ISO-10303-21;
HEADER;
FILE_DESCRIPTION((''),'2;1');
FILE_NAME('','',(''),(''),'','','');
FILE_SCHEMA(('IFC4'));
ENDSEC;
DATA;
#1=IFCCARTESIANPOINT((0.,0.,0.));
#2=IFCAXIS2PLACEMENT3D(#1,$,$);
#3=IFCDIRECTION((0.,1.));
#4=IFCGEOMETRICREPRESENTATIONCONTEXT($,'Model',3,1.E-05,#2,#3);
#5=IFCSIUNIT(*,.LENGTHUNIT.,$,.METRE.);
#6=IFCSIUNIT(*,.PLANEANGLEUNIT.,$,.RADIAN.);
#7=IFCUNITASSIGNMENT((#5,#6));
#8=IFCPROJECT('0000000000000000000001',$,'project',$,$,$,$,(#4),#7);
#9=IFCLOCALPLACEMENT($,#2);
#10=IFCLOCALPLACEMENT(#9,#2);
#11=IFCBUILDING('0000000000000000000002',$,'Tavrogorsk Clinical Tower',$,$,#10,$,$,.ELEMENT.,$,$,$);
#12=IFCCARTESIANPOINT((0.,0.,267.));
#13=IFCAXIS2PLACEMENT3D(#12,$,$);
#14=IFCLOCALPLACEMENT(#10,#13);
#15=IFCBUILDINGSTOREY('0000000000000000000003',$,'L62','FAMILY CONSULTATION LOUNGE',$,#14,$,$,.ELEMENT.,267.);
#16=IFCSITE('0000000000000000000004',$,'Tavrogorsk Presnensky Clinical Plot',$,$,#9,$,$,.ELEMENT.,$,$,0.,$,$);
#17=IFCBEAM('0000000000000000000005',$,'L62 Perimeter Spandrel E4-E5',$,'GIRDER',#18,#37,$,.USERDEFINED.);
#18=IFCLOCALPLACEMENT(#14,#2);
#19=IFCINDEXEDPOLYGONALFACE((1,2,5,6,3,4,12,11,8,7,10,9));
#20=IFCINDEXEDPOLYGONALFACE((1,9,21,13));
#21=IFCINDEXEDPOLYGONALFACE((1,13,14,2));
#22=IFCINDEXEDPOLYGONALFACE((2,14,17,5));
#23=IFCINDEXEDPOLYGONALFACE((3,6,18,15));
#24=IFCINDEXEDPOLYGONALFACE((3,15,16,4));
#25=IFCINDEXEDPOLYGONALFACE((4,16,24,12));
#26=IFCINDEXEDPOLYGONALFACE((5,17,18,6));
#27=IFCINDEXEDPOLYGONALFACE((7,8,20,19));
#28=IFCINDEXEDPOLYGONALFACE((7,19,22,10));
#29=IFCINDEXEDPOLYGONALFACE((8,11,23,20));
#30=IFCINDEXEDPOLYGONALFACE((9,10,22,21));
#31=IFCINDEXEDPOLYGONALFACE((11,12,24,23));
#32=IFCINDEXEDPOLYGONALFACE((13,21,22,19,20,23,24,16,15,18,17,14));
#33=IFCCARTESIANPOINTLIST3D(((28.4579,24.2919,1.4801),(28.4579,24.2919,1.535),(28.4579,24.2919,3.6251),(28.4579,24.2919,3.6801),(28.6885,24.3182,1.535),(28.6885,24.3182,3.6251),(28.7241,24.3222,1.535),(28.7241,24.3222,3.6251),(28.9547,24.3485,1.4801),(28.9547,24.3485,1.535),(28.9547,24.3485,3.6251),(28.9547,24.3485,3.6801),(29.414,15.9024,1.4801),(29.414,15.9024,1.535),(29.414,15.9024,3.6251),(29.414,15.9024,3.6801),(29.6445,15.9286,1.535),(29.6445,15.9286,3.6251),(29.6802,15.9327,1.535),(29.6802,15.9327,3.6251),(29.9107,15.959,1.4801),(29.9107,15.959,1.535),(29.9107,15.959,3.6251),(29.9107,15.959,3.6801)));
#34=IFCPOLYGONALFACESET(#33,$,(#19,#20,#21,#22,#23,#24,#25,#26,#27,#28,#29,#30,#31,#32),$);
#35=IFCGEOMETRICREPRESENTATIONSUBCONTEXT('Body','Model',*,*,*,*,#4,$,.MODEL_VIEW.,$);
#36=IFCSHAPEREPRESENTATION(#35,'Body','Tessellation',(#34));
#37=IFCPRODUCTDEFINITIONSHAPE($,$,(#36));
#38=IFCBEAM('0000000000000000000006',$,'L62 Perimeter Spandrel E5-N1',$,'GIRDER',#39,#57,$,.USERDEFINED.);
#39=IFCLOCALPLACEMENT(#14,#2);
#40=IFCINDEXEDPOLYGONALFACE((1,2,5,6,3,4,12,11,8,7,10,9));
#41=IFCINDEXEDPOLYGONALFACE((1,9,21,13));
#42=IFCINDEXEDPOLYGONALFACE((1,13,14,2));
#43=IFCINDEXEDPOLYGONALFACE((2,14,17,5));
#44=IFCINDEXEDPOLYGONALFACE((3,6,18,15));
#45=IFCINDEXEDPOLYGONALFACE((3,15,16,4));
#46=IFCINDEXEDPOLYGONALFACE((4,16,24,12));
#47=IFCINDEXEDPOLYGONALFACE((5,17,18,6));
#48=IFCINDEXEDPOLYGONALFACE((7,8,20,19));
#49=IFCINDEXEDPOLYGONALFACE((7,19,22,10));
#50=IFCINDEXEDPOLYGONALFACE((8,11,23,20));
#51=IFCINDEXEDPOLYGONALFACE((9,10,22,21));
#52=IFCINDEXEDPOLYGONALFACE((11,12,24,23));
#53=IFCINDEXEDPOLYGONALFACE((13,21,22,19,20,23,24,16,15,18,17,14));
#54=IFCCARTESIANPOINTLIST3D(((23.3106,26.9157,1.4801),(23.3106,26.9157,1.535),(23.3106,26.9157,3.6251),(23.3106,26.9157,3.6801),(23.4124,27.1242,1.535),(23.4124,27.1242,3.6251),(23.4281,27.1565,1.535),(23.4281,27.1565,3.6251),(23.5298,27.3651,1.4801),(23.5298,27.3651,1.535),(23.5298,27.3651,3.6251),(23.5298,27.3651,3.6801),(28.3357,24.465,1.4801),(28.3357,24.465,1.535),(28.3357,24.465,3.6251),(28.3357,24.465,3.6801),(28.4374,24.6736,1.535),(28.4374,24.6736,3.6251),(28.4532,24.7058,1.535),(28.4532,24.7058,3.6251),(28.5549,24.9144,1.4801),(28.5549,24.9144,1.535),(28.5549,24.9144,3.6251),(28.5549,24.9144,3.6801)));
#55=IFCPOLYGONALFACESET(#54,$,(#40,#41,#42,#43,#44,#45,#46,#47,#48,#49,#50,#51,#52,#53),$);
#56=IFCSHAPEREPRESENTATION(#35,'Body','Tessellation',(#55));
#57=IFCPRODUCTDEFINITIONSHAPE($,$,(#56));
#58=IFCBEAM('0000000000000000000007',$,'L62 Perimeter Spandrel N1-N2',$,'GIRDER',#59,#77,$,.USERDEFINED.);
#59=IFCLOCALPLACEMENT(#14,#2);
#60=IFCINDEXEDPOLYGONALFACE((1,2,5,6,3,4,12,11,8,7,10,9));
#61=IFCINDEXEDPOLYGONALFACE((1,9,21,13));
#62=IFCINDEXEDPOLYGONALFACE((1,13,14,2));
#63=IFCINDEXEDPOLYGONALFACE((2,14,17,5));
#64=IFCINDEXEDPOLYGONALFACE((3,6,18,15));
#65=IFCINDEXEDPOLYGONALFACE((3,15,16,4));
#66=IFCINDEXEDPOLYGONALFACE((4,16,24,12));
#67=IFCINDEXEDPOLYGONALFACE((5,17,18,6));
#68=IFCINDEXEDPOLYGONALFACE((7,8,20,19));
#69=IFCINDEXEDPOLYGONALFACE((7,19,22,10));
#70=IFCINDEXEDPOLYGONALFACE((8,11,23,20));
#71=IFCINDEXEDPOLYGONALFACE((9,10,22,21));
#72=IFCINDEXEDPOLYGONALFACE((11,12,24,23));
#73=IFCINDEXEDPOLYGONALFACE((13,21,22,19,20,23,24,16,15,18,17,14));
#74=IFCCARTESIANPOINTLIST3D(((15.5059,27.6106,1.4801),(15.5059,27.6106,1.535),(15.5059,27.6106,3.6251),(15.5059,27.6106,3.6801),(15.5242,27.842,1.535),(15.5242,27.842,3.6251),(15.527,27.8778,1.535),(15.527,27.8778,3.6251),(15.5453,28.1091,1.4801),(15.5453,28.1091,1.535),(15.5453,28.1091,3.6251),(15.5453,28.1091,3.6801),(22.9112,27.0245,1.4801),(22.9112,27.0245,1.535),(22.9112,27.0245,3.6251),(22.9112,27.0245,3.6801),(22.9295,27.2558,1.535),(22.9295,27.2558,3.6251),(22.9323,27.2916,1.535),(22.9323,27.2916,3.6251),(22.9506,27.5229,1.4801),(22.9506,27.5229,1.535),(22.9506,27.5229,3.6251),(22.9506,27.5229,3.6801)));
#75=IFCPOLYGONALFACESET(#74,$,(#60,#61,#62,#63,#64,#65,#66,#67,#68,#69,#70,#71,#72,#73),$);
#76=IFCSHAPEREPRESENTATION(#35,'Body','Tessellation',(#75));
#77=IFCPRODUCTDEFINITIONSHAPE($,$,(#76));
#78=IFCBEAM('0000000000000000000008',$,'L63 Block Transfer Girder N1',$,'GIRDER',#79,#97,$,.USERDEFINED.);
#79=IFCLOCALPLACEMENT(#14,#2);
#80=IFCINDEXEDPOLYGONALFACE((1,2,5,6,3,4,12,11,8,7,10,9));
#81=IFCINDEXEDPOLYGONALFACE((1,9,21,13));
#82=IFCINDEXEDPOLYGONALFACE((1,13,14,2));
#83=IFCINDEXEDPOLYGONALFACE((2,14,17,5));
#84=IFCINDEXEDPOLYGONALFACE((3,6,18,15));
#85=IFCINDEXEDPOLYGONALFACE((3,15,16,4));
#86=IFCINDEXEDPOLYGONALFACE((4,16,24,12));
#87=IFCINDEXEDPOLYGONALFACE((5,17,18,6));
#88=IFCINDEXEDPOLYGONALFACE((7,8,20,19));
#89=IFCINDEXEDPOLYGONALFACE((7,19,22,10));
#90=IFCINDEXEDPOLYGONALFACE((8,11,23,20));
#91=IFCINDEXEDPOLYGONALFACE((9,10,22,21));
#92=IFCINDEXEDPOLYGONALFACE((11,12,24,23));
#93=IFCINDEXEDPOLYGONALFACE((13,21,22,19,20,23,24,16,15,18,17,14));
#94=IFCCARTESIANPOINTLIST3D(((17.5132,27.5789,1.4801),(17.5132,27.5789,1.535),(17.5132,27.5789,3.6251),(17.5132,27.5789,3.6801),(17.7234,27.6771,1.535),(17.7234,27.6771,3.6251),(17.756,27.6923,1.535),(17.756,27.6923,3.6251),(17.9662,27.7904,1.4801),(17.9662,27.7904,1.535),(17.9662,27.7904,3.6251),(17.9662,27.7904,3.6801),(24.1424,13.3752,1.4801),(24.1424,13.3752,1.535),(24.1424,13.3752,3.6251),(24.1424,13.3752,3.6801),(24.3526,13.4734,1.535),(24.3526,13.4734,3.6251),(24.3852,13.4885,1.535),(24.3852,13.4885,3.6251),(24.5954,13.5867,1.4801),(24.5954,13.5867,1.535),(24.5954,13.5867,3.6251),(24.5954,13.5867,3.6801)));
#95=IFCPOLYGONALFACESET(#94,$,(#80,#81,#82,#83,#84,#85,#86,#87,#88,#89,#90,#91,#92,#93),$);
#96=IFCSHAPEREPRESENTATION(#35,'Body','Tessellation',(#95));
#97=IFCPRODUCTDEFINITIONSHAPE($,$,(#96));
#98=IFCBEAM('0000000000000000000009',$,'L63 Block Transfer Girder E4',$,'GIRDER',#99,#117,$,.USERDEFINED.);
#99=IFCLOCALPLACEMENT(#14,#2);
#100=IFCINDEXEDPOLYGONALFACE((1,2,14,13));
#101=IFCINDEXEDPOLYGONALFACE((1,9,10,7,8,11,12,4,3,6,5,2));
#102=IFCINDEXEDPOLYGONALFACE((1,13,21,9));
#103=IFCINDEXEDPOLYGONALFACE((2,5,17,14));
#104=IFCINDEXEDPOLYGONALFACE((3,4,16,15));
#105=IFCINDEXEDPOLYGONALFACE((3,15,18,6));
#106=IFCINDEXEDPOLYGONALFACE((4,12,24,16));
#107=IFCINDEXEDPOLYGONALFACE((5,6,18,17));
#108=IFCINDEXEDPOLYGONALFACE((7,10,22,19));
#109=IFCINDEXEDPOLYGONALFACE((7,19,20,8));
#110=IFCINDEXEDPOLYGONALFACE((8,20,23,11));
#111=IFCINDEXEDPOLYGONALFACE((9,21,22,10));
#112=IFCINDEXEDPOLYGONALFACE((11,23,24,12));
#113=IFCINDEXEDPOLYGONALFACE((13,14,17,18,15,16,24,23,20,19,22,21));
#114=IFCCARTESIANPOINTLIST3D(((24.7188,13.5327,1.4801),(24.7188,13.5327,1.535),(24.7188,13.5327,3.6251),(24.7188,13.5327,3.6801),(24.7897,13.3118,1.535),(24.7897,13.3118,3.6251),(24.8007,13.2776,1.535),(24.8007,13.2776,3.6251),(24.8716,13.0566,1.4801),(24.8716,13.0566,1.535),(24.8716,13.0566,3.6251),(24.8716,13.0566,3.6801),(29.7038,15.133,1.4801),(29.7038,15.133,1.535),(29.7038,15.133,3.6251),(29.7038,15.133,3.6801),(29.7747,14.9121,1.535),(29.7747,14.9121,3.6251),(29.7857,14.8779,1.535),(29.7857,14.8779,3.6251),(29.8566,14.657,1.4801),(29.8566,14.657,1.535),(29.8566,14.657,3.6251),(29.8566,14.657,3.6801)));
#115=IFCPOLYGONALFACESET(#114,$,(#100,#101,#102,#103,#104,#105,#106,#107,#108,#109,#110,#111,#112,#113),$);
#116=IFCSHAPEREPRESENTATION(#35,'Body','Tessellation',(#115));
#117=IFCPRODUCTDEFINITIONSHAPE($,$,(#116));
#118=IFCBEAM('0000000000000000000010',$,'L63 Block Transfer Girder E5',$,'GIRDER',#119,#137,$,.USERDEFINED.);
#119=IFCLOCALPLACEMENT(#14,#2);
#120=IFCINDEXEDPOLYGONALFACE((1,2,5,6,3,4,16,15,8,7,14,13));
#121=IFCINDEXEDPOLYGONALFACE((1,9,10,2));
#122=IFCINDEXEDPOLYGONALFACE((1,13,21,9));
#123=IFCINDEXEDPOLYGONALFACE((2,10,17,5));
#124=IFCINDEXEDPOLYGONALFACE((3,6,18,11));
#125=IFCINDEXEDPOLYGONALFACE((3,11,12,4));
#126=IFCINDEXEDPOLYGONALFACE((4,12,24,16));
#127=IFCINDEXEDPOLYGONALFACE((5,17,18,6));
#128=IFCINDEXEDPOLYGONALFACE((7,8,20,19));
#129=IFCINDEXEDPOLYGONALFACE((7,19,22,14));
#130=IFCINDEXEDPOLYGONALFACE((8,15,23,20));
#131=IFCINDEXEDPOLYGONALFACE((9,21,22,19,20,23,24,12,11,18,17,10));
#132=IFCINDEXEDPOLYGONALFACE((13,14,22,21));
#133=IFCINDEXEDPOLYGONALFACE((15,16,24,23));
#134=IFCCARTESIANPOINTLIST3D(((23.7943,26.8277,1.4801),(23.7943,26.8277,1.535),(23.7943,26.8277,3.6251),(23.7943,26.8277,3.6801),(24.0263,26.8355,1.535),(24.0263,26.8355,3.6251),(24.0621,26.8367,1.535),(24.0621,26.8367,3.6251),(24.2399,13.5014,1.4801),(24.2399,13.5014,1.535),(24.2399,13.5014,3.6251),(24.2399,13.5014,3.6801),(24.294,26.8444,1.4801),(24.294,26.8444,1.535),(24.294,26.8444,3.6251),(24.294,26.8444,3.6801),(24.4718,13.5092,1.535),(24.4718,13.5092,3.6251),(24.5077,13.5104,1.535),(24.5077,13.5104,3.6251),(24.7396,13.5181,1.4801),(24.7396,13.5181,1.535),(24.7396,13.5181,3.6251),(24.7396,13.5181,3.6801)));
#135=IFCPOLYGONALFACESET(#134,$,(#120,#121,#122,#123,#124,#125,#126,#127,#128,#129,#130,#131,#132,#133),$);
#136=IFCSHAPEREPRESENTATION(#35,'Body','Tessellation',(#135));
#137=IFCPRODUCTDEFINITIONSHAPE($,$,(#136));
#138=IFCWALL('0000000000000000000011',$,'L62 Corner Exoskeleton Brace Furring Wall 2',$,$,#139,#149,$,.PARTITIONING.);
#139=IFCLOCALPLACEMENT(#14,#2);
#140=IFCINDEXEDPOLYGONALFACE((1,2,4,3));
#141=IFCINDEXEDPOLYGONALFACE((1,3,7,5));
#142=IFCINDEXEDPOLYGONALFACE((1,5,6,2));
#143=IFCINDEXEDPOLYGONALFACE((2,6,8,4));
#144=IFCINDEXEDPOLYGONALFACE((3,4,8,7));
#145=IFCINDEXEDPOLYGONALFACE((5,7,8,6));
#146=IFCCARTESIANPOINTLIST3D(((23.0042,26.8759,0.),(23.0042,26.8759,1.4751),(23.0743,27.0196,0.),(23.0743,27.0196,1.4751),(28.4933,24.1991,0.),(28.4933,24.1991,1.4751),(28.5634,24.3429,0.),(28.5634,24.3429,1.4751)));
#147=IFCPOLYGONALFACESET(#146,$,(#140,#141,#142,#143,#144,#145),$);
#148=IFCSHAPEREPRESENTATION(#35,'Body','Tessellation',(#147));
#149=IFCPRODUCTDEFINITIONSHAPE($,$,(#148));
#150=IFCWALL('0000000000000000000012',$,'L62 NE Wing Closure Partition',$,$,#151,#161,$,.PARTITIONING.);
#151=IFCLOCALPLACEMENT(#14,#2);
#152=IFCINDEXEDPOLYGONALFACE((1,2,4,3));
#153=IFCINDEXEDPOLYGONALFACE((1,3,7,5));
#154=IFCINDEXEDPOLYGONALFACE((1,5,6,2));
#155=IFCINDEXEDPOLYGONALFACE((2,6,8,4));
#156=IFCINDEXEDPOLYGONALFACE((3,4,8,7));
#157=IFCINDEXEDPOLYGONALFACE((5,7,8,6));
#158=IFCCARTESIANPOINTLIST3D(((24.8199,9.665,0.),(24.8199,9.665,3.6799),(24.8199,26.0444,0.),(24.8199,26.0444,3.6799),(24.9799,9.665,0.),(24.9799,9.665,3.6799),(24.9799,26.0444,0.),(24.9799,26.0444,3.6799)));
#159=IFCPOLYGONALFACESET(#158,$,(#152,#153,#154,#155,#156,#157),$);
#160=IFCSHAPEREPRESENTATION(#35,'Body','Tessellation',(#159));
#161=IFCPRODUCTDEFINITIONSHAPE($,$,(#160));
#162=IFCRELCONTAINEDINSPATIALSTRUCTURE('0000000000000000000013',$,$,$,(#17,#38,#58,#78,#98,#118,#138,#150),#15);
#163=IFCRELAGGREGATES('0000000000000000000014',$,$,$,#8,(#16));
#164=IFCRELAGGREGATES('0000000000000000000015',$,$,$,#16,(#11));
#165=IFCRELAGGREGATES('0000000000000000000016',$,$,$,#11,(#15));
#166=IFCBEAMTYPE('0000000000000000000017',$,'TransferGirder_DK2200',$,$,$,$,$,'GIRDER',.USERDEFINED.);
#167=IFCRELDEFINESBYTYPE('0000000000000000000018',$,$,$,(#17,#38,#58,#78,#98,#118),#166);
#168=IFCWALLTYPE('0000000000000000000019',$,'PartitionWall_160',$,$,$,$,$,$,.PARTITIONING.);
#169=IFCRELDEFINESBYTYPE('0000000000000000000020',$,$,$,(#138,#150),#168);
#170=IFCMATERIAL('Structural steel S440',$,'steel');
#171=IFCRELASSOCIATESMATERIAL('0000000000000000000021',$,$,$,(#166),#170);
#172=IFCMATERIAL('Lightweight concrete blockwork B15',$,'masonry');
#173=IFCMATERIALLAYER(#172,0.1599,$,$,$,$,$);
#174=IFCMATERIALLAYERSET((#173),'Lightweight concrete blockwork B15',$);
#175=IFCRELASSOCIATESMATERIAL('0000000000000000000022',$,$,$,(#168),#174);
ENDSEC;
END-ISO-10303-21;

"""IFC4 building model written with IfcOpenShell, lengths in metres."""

from ifc_helpers import new_model, si_unit, direction, frame, frame_2d, origin, origin_2d, place, context, subcontext, project, spatial, rectangle, i_section, extrude, material, layer, layer_set, material_profile, profile_set, type_object, element, save


model = new_model("IFC4")

# Units and contexts
model_context = context("Model", 3, precision=1e-05, world=origin(), true_north=direction((0.0, 1.0)))
body_context = subcontext(model_context, "Body", "Model", "MODEL_VIEW")
ifc_project = project(units=[si_unit("LENGTHUNIT", "METRE"), si_unit("PLANEANGLEUNIT", "RADIAN")], contexts=[model_context])

# Site, building, storey
site_placement = place(None, origin())
site = spatial("IfcSite", under=ifc_project, at=site_placement, Name="Tavrogorsk Presnensky Clinical Plot", CompositionType="ELEMENT", RefElevation=0.0)
building_placement = place(site_placement, origin())
building = spatial("IfcBuilding", under=site, at=building_placement, Name="Tavrogorsk Clinical Tower", CompositionType="ELEMENT")
storey_placement = place(building_placement, frame((0.0, 0.0, 267.0)))
storey = spatial("IfcBuildingStorey", under=building, at=storey_placement, Name="L62", Description="FAMILY CONSULTATION LOUNGE", CompositionType="ELEMENT", Elevation=267.0)

# Beams
ifc_material_1 = material(Name="Structural steel S440", Category="steel")
ifc_material_profile_1 = material_profile(ifc_material_1, i_section(OverallWidth=0.5, OverallDepth=2.2, WebThickness=0.0359, FlangeThickness=0.0549, at=origin_2d()), Name="DK-2200x500x36x55")
ifc_profile_set_1 = profile_set([ifc_material_profile_1], Name="Structural steel S440")
beam_type_1 = type_object("IfcBeamType", Name="TransferGirder_DK2200", ElementType="GIRDER", PredefinedType="USERDEFINED", material=ifc_profile_set_1)
beam_1_placement = place(storey_placement, frame((29.6624, 15.9307, 2.5801), z_axis=(-0.113224, 0.99357, 0.0), x_axis=(-0.99357, -0.113224, 0.0)))
element("IfcBeam", 1, at=beam_1_placement, inside=storey, type_object=beam_type_1, Name="L62 Perimeter Spandrel E4-E5", ObjectType="GIRDER", PredefinedType="USERDEFINED", context=body_context, shape_type="SweptSolid", body=[
    extrude(i_section(OverallWidth=0.5, OverallDepth=2.2, WebThickness=0.0359, FlangeThickness=0.0549, at=origin_2d()), origin(), (0.0, 0.0, 1.0), 8.4438),
])
beam_2_placement = place(storey_placement, frame((28.4453, 24.6897, 2.5801), z_axis=(-0.898811, 0.438336, 0.0), x_axis=(-0.438336, -0.898811, 0.0)))
element("IfcBeam", 2, at=beam_2_placement, inside=storey, type_object=beam_type_1, Name="L62 Perimeter Spandrel E5-N1", ObjectType="GIRDER", PredefinedType="USERDEFINED", context=body_context, shape_type="SweptSolid", body=[
    extrude(i_section(OverallWidth=0.5, OverallDepth=2.2, WebThickness=0.0359, FlangeThickness=0.0549, at=origin_2d()), origin(), (0.0, 0.0, 1.0), 5.5908),
])
beam_3_placement = place(storey_placement, frame((22.9309, 27.2737, 2.5801), z_axis=(-0.996882, 0.07891, 0.0), x_axis=(-0.07891, -0.996882, 0.0)))
element("IfcBeam", 3, at=beam_3_placement, inside=storey, type_object=beam_type_1, Name="L62 Perimeter Spandrel N1-N2", ObjectType="GIRDER", PredefinedType="USERDEFINED", context=body_context, shape_type="SweptSolid", body=[
    extrude(i_section(OverallWidth=0.5, OverallDepth=2.2, WebThickness=0.0359, FlangeThickness=0.0549, at=origin_2d()), origin(), (0.0, 0.0, 1.0), 7.4285),
])
beam_4_placement = place(storey_placement, frame((24.3689, 13.481, 2.5801), z_axis=(-0.422927, 0.906164, 0.0), x_axis=(-0.906164, -0.422927, 0.0)))
element("IfcBeam", 4, at=beam_4_placement, inside=storey, type_object=beam_type_1, Name="L63 Block Transfer Girder N1", ObjectType="GIRDER", PredefinedType="USERDEFINED", context=body_context, shape_type="SweptSolid", body=[
    extrude(i_section(OverallWidth=0.5, OverallDepth=2.2, WebThickness=0.0359, FlangeThickness=0.0549, at=origin_2d()), origin(), (0.0, 0.0, 1.0), 15.6746),
])
beam_5_placement = place(storey_placement, frame((24.7952, 13.2947, 2.5801), z_axis=(0.952141, 0.30566, 0.0), x_axis=(-0.30566, 0.952141, 0.0)))
element("IfcBeam", 5, at=beam_5_placement, inside=storey, type_object=beam_type_1, Name="L63 Block Transfer Girder E4", ObjectType="GIRDER", PredefinedType="USERDEFINED", context=body_context, shape_type="SweptSolid", body=[
    extrude(i_section(OverallWidth=0.5, OverallDepth=2.2, WebThickness=0.0359, FlangeThickness=0.0549, at=origin_2d()), origin(), (0.0, 0.0, 1.0), 5.2356),
])
beam_6_placement = place(storey_placement, frame((24.4897, 13.5098, 2.5801), z_axis=(-0.033416, 0.999442, 0.0), x_axis=(-0.999442, -0.033416, 0.0)))
element("IfcBeam", 6, at=beam_6_placement, inside=storey, type_object=beam_type_1, Name="L63 Block Transfer Girder E5", ObjectType="GIRDER", PredefinedType="USERDEFINED", context=body_context, shape_type="SweptSolid", body=[
    extrude(i_section(OverallWidth=0.5, OverallDepth=2.2, WebThickness=0.0359, FlangeThickness=0.0549, at=origin_2d()), origin(), (0.0, 0.0, 1.0), 13.3337),
])

# Walls
ifc_material_2 = material(Name="Lightweight concrete blockwork B15", Category="masonry")
ifc_layer_1 = layer(ifc_material_2, 0.1599)
ifc_layer_set_1 = layer_set([ifc_layer_1], Name="Lightweight concrete blockwork B15")
wall_type_1 = type_object("IfcWallType", Name="PartitionWall_160", PredefinedType="PARTITIONING", material=ifc_layer_set_1)
wall_1_placement = place(storey_placement, frame((28.5283, 24.271, 0.0), z_axis=(0.0, 0.0, 1.0), x_axis=(-0.898821, 0.438317, 0.0)))
element("IfcWall", 7, at=wall_1_placement, inside=storey, type_object=wall_type_1, Name="L62 Corner Exoskeleton Brace Furring Wall 2", PredefinedType="PARTITIONING", context=body_context, shape_type="SweptSolid", body=[
    extrude(rectangle(XDim=6.1069, YDim=0.1599, at=frame_2d((3.0535, 0.0))), origin(), (0.0, 0.0, 1.0), 1.4751),
])
wall_2_placement = place(storey_placement, frame((24.8999, 9.665, 0.0), z_axis=(0.0, 0.0, 1.0), x_axis=(0.0, 1.0, 0.0)))
element("IfcWall", 8, at=wall_2_placement, inside=storey, type_object=wall_type_1, Name="L62 NE Wing Closure Partition", PredefinedType="PARTITIONING", context=body_context, shape_type="SweptSolid", body=[
    extrude(rectangle(XDim=16.3794, YDim=0.1599, at=frame_2d((8.1897, 0.0))), origin(), (0.0, 0.0, 1.0), 3.6799),
])

save(model, "model.ifc")
